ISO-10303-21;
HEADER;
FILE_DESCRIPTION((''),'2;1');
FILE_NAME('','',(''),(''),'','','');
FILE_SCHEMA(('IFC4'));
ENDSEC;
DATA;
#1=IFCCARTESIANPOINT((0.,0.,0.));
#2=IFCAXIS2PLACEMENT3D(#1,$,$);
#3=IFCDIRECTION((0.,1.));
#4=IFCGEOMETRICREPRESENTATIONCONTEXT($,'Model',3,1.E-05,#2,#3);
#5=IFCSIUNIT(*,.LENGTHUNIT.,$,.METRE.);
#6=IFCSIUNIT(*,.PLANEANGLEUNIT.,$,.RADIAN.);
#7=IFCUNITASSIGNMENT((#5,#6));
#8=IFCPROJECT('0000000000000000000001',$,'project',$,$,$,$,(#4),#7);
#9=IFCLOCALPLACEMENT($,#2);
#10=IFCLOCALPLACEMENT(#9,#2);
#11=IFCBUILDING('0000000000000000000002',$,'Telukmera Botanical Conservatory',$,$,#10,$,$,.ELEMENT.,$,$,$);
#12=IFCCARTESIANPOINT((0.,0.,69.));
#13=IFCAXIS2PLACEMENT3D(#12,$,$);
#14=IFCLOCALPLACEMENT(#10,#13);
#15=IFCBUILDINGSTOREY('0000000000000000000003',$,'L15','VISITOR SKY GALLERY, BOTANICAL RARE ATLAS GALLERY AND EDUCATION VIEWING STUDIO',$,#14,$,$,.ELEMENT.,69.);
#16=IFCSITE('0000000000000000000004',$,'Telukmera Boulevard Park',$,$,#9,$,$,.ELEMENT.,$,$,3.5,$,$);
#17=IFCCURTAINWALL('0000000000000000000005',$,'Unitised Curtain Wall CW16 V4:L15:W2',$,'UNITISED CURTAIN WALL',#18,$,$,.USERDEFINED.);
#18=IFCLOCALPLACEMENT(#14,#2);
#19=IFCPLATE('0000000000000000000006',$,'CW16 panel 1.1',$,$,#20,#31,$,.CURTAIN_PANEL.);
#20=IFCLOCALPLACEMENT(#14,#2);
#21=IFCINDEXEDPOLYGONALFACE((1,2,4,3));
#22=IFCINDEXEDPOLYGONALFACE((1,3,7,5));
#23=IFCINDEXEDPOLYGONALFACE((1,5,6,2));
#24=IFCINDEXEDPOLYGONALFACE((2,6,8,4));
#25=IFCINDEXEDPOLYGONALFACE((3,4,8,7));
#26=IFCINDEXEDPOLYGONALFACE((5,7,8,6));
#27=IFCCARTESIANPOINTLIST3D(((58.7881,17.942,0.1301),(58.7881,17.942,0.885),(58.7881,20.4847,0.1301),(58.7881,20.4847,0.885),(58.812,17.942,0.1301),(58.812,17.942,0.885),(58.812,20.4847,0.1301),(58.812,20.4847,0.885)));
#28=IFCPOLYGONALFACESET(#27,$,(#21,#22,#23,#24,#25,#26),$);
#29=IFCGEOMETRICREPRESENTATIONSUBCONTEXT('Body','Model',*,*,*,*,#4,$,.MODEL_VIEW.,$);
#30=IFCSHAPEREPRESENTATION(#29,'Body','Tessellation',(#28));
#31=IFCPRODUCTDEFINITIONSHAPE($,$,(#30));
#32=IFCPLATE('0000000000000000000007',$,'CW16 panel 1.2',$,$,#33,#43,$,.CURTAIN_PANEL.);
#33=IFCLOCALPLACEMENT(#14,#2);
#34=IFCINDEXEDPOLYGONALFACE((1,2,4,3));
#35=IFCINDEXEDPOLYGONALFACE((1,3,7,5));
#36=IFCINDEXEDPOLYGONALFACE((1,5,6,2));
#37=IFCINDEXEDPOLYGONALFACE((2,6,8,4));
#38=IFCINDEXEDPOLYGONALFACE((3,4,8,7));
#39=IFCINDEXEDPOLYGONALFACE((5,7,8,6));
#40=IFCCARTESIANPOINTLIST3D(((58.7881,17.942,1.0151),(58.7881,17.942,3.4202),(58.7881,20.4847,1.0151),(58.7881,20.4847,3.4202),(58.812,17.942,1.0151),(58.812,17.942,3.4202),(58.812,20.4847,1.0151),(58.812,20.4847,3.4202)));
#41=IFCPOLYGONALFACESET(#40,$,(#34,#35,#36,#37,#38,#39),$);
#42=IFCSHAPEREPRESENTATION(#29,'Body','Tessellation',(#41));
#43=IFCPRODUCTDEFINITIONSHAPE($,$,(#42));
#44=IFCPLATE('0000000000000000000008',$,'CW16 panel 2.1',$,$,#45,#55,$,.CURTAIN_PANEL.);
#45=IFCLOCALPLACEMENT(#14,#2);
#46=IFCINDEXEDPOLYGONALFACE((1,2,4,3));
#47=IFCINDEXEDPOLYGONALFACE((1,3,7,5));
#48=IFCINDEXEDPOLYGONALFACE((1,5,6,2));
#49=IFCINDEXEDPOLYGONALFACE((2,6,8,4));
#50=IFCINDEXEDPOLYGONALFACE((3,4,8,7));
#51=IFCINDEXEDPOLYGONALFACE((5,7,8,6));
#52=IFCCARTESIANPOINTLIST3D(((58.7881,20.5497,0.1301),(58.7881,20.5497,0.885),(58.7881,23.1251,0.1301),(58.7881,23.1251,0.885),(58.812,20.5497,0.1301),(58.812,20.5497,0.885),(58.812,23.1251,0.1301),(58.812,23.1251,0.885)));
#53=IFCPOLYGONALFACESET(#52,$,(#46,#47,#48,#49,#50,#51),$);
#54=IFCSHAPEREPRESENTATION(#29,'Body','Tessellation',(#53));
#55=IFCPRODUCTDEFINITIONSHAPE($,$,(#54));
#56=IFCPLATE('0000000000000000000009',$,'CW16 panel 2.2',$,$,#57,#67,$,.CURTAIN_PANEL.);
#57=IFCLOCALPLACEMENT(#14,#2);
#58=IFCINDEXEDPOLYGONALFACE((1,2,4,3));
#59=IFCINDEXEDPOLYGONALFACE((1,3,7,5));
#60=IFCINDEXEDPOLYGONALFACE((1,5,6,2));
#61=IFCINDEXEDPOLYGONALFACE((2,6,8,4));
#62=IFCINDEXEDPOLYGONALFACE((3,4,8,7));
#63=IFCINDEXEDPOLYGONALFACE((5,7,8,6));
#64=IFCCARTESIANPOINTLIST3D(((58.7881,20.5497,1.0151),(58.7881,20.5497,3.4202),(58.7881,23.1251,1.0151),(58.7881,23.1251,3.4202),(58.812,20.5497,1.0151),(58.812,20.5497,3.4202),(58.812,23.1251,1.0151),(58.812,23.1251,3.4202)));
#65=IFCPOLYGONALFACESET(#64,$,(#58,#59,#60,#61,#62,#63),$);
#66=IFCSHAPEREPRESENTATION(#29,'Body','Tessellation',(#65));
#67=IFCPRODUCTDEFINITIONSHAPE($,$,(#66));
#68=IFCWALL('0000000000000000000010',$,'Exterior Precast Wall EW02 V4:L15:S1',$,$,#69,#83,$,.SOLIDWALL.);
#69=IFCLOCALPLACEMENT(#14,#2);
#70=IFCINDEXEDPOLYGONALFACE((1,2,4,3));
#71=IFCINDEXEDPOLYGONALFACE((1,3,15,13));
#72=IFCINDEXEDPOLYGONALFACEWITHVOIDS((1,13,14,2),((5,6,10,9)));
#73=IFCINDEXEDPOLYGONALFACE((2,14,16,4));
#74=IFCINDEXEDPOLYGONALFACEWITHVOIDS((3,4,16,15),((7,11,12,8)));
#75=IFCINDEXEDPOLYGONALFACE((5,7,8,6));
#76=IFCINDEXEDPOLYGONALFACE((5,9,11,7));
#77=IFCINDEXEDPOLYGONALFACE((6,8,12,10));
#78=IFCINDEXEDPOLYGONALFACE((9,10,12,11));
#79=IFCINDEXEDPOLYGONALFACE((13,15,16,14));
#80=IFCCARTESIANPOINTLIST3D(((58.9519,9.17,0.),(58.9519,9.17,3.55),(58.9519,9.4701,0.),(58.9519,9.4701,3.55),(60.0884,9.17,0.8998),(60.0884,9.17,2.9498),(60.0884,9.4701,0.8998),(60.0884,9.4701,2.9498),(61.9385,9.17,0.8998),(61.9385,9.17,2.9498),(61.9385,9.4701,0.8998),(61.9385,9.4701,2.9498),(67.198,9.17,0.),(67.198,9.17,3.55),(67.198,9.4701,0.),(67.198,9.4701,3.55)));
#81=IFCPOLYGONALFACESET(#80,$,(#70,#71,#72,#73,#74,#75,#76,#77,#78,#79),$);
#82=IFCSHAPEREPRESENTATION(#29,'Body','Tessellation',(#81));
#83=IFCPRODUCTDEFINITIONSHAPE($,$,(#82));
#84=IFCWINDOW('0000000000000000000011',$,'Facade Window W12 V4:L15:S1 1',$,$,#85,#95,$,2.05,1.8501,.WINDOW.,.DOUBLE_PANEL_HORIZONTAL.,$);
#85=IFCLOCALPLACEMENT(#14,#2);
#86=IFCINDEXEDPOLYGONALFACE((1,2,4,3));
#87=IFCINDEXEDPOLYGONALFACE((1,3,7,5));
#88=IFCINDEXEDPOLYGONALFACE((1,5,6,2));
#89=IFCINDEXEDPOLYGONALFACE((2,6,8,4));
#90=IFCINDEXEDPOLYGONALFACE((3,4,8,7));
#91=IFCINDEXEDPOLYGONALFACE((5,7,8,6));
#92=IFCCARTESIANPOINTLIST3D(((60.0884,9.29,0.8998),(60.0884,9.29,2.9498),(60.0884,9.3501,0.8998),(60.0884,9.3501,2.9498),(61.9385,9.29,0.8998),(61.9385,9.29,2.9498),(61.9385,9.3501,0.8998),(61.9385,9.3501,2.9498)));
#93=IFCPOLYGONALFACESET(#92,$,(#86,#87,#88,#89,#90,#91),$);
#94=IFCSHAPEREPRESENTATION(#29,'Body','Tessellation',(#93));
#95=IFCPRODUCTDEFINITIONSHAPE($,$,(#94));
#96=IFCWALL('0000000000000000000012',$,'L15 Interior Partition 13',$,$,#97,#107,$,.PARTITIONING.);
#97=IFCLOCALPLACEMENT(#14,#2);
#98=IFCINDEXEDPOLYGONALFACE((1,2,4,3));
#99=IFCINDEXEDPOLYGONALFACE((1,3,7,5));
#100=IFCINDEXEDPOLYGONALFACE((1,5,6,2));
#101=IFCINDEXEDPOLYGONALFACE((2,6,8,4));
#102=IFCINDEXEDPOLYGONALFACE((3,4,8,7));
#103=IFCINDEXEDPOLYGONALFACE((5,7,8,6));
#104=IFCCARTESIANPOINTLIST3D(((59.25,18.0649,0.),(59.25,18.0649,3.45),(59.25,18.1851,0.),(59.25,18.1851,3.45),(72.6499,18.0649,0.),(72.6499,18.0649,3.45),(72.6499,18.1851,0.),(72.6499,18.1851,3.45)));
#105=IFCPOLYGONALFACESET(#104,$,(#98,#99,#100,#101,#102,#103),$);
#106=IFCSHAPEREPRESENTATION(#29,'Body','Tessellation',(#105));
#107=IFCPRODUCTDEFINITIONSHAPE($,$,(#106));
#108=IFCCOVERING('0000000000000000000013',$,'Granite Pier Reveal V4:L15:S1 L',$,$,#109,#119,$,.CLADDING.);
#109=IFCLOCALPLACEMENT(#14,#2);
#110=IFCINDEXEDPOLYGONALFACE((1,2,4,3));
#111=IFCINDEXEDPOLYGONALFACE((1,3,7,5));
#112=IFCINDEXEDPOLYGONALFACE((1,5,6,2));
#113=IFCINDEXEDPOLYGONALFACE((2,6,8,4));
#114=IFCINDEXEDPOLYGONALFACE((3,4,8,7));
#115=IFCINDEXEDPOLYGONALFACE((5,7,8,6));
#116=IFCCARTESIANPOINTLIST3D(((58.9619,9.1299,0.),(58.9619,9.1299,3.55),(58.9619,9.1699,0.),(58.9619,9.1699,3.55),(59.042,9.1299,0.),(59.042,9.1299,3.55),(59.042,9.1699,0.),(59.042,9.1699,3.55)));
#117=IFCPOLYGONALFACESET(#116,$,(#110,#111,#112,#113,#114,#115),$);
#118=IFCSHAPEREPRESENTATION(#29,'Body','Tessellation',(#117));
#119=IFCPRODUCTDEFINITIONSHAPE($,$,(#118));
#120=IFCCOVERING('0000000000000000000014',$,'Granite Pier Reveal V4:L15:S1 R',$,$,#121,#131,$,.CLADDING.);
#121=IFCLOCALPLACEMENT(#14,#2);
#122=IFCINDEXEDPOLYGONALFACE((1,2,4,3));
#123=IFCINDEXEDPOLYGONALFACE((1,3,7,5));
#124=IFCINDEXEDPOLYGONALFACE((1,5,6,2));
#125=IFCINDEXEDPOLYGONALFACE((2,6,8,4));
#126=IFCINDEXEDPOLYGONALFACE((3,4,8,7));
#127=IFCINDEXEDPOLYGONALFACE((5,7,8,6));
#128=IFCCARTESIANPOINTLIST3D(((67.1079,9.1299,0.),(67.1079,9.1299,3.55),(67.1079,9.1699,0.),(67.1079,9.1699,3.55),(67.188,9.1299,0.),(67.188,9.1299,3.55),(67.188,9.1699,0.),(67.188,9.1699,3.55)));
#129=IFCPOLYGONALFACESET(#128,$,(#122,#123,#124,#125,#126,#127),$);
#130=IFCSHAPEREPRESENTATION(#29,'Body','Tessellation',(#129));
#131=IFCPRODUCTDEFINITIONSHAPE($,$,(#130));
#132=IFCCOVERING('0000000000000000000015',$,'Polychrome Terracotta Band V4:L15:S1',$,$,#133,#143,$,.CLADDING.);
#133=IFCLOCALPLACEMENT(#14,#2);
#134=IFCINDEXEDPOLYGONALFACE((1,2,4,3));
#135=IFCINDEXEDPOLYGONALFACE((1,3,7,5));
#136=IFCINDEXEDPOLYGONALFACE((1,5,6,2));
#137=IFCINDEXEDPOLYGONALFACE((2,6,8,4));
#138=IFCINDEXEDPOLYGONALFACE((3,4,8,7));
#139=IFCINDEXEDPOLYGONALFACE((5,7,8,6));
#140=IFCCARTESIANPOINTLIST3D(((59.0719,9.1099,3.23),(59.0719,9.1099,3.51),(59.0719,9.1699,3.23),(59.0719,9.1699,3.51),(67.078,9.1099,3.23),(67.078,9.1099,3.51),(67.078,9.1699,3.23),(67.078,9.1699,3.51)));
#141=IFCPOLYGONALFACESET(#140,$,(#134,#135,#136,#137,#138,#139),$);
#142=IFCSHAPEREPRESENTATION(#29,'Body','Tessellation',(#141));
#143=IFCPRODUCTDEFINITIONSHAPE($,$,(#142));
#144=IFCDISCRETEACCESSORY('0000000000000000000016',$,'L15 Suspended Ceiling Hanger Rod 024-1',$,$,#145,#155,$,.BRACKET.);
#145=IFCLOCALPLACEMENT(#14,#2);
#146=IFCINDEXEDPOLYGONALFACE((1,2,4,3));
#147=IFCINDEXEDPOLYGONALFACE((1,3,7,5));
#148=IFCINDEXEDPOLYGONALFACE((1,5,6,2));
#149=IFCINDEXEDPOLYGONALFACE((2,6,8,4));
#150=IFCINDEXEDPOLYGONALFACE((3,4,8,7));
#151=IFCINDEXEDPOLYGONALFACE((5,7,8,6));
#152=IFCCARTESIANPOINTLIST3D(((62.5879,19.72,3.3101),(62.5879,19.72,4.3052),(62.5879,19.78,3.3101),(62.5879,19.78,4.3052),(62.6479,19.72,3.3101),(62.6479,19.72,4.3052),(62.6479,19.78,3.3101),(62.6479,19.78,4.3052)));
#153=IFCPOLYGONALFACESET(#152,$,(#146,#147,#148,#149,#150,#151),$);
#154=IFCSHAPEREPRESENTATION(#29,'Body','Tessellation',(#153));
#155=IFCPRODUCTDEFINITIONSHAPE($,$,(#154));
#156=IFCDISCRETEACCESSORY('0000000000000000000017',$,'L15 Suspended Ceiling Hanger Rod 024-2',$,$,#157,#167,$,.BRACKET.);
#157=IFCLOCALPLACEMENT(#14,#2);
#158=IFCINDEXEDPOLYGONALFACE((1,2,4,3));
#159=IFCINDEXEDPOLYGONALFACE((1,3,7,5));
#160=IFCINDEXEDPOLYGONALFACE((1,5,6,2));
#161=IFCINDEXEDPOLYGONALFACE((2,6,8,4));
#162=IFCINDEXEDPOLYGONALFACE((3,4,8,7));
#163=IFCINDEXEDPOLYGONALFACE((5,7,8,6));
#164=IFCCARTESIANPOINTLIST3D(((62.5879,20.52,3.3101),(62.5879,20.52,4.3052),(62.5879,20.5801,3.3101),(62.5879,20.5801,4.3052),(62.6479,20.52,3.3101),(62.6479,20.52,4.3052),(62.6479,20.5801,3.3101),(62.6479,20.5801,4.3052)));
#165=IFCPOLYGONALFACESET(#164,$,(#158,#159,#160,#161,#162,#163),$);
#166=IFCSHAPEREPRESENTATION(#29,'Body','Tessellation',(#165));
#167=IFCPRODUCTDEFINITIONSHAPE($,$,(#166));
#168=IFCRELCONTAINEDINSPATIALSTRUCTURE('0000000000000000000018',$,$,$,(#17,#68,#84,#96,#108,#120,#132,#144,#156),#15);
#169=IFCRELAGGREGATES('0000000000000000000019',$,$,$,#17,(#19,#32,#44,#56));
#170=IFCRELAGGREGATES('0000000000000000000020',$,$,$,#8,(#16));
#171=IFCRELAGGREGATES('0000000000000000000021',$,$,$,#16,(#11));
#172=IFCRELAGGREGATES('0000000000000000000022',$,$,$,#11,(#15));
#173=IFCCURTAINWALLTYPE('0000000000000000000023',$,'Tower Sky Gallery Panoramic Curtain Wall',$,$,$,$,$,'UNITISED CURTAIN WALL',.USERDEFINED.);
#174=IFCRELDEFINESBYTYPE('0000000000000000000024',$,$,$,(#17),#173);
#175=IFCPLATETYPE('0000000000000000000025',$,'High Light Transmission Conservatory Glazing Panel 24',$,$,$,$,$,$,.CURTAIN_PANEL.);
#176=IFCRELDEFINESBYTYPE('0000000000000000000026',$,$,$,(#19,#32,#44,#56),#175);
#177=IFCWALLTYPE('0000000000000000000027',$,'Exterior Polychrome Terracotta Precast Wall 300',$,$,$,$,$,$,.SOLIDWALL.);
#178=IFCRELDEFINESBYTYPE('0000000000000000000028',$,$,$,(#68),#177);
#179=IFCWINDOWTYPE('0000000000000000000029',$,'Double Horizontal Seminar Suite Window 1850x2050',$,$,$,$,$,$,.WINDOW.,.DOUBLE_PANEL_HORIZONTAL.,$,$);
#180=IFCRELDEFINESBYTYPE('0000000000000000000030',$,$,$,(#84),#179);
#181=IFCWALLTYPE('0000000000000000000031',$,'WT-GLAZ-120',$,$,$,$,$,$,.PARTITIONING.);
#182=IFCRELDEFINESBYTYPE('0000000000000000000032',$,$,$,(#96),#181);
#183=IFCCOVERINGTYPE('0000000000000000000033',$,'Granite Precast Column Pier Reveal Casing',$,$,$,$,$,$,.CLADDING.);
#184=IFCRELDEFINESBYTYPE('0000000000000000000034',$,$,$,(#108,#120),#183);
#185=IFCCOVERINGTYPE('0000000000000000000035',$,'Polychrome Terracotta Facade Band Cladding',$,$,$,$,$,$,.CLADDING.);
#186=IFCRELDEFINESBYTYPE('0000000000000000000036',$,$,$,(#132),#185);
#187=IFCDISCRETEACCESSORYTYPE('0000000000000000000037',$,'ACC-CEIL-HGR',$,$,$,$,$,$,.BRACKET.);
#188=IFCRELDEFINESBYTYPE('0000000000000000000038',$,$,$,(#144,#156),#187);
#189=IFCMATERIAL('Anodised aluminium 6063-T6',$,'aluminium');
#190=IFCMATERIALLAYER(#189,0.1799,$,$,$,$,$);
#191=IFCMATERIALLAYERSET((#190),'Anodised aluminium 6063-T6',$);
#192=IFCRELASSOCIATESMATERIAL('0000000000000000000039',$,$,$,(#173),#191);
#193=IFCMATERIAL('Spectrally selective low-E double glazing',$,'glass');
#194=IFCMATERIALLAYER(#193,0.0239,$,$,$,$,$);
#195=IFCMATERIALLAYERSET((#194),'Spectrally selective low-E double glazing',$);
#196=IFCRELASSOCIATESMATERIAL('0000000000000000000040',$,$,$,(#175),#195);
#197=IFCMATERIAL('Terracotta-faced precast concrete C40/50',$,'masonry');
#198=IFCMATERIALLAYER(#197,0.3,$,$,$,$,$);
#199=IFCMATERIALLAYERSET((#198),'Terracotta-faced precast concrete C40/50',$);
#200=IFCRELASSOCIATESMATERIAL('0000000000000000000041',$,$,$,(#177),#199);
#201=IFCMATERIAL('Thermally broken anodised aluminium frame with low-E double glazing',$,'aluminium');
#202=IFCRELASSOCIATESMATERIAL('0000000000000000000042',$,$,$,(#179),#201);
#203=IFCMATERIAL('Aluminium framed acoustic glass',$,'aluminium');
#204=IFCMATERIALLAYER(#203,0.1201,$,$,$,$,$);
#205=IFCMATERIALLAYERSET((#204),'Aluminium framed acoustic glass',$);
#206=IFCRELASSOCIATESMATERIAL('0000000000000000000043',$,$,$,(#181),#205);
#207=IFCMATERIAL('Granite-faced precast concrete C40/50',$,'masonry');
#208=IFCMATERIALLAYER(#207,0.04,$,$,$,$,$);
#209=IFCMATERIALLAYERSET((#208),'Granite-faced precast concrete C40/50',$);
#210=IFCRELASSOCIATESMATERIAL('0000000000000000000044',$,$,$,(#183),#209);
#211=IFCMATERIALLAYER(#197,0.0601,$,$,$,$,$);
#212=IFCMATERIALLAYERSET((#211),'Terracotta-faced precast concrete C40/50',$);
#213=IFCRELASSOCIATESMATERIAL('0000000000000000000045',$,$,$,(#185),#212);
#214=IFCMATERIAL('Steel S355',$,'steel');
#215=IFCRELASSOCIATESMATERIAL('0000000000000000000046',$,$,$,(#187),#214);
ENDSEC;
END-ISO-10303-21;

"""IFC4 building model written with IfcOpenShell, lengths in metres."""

from ifc_helpers import new_model, si_unit, direction, frame, frame_2d, origin, origin_2d, place, context, subcontext, project, spatial, rectangle, extrude, material, layer, layer_set, type_object, element, fill, aggregate, save


model = new_model("IFC4")

# Units and contexts
model_context = context("Model", 3, precision=1e-05, world=origin(), true_north=direction((0.0, 1.0)))
body_context = subcontext(model_context, "Body", "Model", "MODEL_VIEW")
ifc_project = project(units=[si_unit("LENGTHUNIT", "METRE"), si_unit("PLANEANGLEUNIT", "RADIAN")], contexts=[model_context])

# Site, building, storey
site_placement = place(None, origin())
site = spatial("IfcSite", under=ifc_project, at=site_placement, Name="Telukmera Boulevard Park", CompositionType="ELEMENT", RefElevation=3.5)
building_placement = place(site_placement, origin())
building = spatial("IfcBuilding", under=site, at=building_placement, Name="Telukmera Botanical Conservatory", CompositionType="ELEMENT")
storey_placement = place(building_placement, frame((0.0, 0.0, 69.0)))
storey = spatial("IfcBuildingStorey", under=building, at=storey_placement, Name="L15", Description="VISITOR SKY GALLERY, BOTANICAL RARE ATLAS GALLERY AND EDUCATION VIEWING STUDIO", CompositionType="ELEMENT", Elevation=69.0)

# Curtain wall
ifc_material_1 = material(Name="Anodised aluminium 6063-T6", Category="aluminium")
ifc_layer_1 = layer(ifc_material_1, 0.1799)
ifc_layer_set_1 = layer_set([ifc_layer_1], Name="Anodised aluminium 6063-T6")
curtain_wall_type = type_object("IfcCurtainWallType", Name="Tower Sky Gallery Panoramic Curtain Wall", ElementType="UNITISED CURTAIN WALL", PredefinedType="USERDEFINED", material=ifc_layer_set_1)
curtain_wall_1_placement = place(storey_placement, origin())
curtain_wall_1 = element("IfcCurtainWall", 1, at=curtain_wall_1_placement, inside=storey, type_object=curtain_wall_type, Name="Unitised Curtain Wall CW16 V4:L15:W2", ObjectType="UNITISED CURTAIN WALL", PredefinedType="USERDEFINED")

# Shared definitions
ifc_material_2 = material(Name="Spectrally selective low-E double glazing", Category="glass")
ifc_layer_2 = layer(ifc_material_2, 0.0239)
ifc_layer_set_2 = layer_set([ifc_layer_2], Name="Spectrally selective low-E double glazing")
plate_type = type_object("IfcPlateType", Name="High Light Transmission Conservatory Glazing Panel 24", PredefinedType="CURTAIN_PANEL", material=ifc_layer_set_2)

# Plates
plate_1_placement = place(storey_placement, frame((58.8, 19.2134, 0.1301), z_axis=(0.0, 0.0, 1.0), x_axis=(0.0, 1.0, 0.0)))
plate_1 = element("IfcPlate", 2, at=plate_1_placement, type_object=plate_type, Name="CW16 panel 1.1", PredefinedType="CURTAIN_PANEL", context=body_context, shape_type="SweptSolid", body=[
    extrude(rectangle(XDim=2.5427, YDim=0.0239, at=origin_2d()), origin(), (0.0, 0.0, 1.0), 0.7549),
])
plate_2_placement = place(storey_placement, frame((58.8, 19.2134, 1.0151), z_axis=(0.0, 0.0, 1.0), x_axis=(0.0, 1.0, 0.0)))
plate_2 = element("IfcPlate", 3, at=plate_2_placement, type_object=plate_type, Name="CW16 panel 1.2", PredefinedType="CURTAIN_PANEL", context=body_context, shape_type="SweptSolid", body=[
    extrude(rectangle(XDim=2.5427, YDim=0.0239, at=origin_2d()), origin(), (0.0, 0.0, 1.0), 2.405),
])
plate_3_placement = place(storey_placement, frame((58.8, 21.8374, 0.1301), z_axis=(0.0, 0.0, 1.0), x_axis=(0.0, 1.0, 0.0)))
plate_3 = element("IfcPlate", 4, at=plate_3_placement, type_object=plate_type, Name="CW16 panel 2.1", PredefinedType="CURTAIN_PANEL", context=body_context, shape_type="SweptSolid", body=[
    extrude(rectangle(XDim=2.5754, YDim=0.0239, at=origin_2d()), origin(), (0.0, 0.0, 1.0), 0.7549),
])
plate_4_placement = place(storey_placement, frame((58.8, 21.8374, 1.0151), z_axis=(0.0, 0.0, 1.0), x_axis=(0.0, 1.0, 0.0)))
plate_4 = element("IfcPlate", 5, at=plate_4_placement, type_object=plate_type, Name="CW16 panel 2.2", PredefinedType="CURTAIN_PANEL", context=body_context, shape_type="SweptSolid", body=[
    extrude(rectangle(XDim=2.5754, YDim=0.0239, at=origin_2d()), origin(), (0.0, 0.0, 1.0), 2.405),
])
aggregate(curtain_wall_1, [plate_1, plate_2, plate_3, plate_4])

# Wall, opening, window
ifc_material_3 = material(Name="Terracotta-faced precast concrete C40/50", Category="masonry")
ifc_layer_3 = layer(ifc_material_3, 0.3)
ifc_layer_set_3 = layer_set([ifc_layer_3], Name="Terracotta-faced precast concrete C40/50")
wall_type_1 = type_object("IfcWallType", Name="Exterior Polychrome Terracotta Precast Wall 300", PredefinedType="SOLIDWALL", material=ifc_layer_set_3)
wall_1_placement = place(storey_placement, frame((58.9519, 9.3201, 0.0), z_axis=(0.0, 0.0, 1.0), x_axis=(1.0, 0.0, 0.0)))
wall_1 = element("IfcWall", 6, at=wall_1_placement, inside=storey, type_object=wall_type_1, Name="Exterior Precast Wall EW02 V4:L15:S1", PredefinedType="SOLIDWALL", context=body_context, shape_type="SweptSolid", body=[
    extrude(rectangle(XDim=8.2461, YDim=0.3, at=frame_2d((4.123, 0.0))), origin(), (0.0, 0.0, 1.0), 3.55),
])
opening_placement = place(wall_1_placement, frame((1.1365, 0.0, 0.8999)))
opening = element("IfcOpeningElement", 7, at=opening_placement, cuts=wall_1, PredefinedType="OPENING", context=body_context, shape_type="SweptSolid", body=[
    extrude(rectangle(XDim=1.8501, YDim=2.05, at=frame_2d((0.925, 1.0249))), frame((0.0, 0.1599, 0.0), z_axis=(0.0, -1.0, 0.0), x_axis=(1.0, 0.0, 0.0)), (0.0, 0.0, 1.0), 0.3201),
])
ifc_material_4 = material(Name="Thermally broken anodised aluminium frame with low-E double glazing", Category="aluminium")
window_type = type_object("IfcWindowType", Name="Double Horizontal Seminar Suite Window 1850x2050", PartitioningType="DOUBLE_PANEL_HORIZONTAL", PredefinedType="WINDOW", material=ifc_material_4)
window_placement = place(opening_placement, origin())
window = element("IfcWindow", 8, at=window_placement, inside=storey, type_object=window_type, Name="Facade Window W12 V4:L15:S1 1", OverallHeight=2.05, OverallWidth=1.8501, PartitioningType="DOUBLE_PANEL_HORIZONTAL", PredefinedType="WINDOW", context=body_context, shape_type="SweptSolid", body=[
    extrude(rectangle(XDim=1.8501, YDim=2.05, at=frame_2d((0.925, 1.0249))), frame((0.0, 0.03, 0.0), z_axis=(0.0, -1.0, 0.0), x_axis=(1.0, 0.0, 0.0)), (0.0, 0.0, 1.0), 0.0601),
])
fill(opening, window)

# Wall
ifc_material_5 = material(Name="Aluminium framed acoustic glass", Category="aluminium")
ifc_layer_4 = layer(ifc_material_5, 0.1201)
ifc_layer_set_4 = layer_set([ifc_layer_4], Name="Aluminium framed acoustic glass")
wall_type_2 = type_object("IfcWallType", Name="WT-GLAZ-120", PredefinedType="PARTITIONING", material=ifc_layer_set_4)
wall_2_placement = place(storey_placement, frame((59.25, 18.125, 0.0), z_axis=(0.0, 0.0, 1.0), x_axis=(1.0, 0.0, 0.0)))
element("IfcWall", 9, at=wall_2_placement, inside=storey, type_object=wall_type_2, Name="L15 Interior Partition 13", PredefinedType="PARTITIONING", context=body_context, shape_type="SweptSolid", body=[
    extrude(rectangle(XDim=13.3999, YDim=0.1201, at=frame_2d((6.7, 0.0))), origin(), (0.0, 0.0, 1.0), 3.45),
])

# Coverings
ifc_material_6 = material(Name="Granite-faced precast concrete C40/50", Category="masonry")
ifc_layer_5 = layer(ifc_material_6, 0.04)
ifc_layer_set_5 = layer_set([ifc_layer_5], Name="Granite-faced precast concrete C40/50")
covering_type_1 = type_object("IfcCoveringType", Name="Granite Precast Column Pier Reveal Casing", PredefinedType="CLADDING", material=ifc_layer_set_5)
for number, where, z_axis, x_axis, name in (
    (10, (59.002, 9.1499, 0.0), (0.0, 0.0, 1.0), (1.0, 0.0, 0.0), "Granite Pier Reveal V4:L15:S1 L"),
    (11, (67.1479, 9.1499, 0.0), (0.0, 0.0, 1.0), (1.0, 0.0, 0.0), "Granite Pier Reveal V4:L15:S1 R"),
):
    element("IfcCovering", number, at=place(storey_placement, frame(where, z_axis=z_axis, x_axis=x_axis)), inside=storey, type_object=covering_type_1, Name=name, PredefinedType="CLADDING", context=body_context, shape_type="SweptSolid", body=[
        extrude(rectangle(XDim=0.0801, YDim=0.04, at=origin_2d()), origin(), (0.0, 0.0, 1.0), 3.55),
    ])
ifc_layer_6 = layer(ifc_material_3, 0.0601)
ifc_layer_set_6 = layer_set([ifc_layer_6], Name="Terracotta-faced precast concrete C40/50")
covering_type_2 = type_object("IfcCoveringType", Name="Polychrome Terracotta Facade Band Cladding", PredefinedType="CLADDING", material=ifc_layer_set_6)
covering_placement = place(storey_placement, frame((63.075, 9.1399, 3.23), z_axis=(0.0, 0.0, 1.0), x_axis=(1.0, 0.0, 0.0)))
element("IfcCovering", 12, at=covering_placement, inside=storey, type_object=covering_type_2, Name="Polychrome Terracotta Band V4:L15:S1", PredefinedType="CLADDING", context=body_context, shape_type="SweptSolid", body=[
    extrude(rectangle(XDim=8.0061, YDim=0.0601, at=origin_2d()), origin(), (0.0, 0.0, 1.0), 0.28),
])

# Discrete accessories
ifc_material_7 = material(Name="Steel S355", Category="steel")
discrete_accessory_type = type_object("IfcDiscreteAccessoryType", Name="ACC-CEIL-HGR", PredefinedType="BRACKET", material=ifc_material_7)
for number, where, z_axis, x_axis, name in (
    (13, (62.6179, 19.75, 3.3101), (0.0, 0.0, 1.0), (1.0, 0.0, 0.0), "L15 Suspended Ceiling Hanger Rod 024-1"),
    (14, (62.6179, 20.55, 3.3101), (0.0, 0.0, 1.0), (1.0, 0.0, 0.0), "L15 Suspended Ceiling Hanger Rod 024-2"),
):
    element("IfcDiscreteAccessory", number, at=place(storey_placement, frame(where, z_axis=z_axis, x_axis=x_axis)), inside=storey, type_object=discrete_accessory_type, Name=name, PredefinedType="BRACKET", context=body_context, shape_type="SweptSolid", body=[
        extrude(rectangle(XDim=0.0601, YDim=0.0601, at=origin_2d()), origin(), (0.0, 0.0, 1.0), 0.9951),
    ])

save(model, "model.ifc")
